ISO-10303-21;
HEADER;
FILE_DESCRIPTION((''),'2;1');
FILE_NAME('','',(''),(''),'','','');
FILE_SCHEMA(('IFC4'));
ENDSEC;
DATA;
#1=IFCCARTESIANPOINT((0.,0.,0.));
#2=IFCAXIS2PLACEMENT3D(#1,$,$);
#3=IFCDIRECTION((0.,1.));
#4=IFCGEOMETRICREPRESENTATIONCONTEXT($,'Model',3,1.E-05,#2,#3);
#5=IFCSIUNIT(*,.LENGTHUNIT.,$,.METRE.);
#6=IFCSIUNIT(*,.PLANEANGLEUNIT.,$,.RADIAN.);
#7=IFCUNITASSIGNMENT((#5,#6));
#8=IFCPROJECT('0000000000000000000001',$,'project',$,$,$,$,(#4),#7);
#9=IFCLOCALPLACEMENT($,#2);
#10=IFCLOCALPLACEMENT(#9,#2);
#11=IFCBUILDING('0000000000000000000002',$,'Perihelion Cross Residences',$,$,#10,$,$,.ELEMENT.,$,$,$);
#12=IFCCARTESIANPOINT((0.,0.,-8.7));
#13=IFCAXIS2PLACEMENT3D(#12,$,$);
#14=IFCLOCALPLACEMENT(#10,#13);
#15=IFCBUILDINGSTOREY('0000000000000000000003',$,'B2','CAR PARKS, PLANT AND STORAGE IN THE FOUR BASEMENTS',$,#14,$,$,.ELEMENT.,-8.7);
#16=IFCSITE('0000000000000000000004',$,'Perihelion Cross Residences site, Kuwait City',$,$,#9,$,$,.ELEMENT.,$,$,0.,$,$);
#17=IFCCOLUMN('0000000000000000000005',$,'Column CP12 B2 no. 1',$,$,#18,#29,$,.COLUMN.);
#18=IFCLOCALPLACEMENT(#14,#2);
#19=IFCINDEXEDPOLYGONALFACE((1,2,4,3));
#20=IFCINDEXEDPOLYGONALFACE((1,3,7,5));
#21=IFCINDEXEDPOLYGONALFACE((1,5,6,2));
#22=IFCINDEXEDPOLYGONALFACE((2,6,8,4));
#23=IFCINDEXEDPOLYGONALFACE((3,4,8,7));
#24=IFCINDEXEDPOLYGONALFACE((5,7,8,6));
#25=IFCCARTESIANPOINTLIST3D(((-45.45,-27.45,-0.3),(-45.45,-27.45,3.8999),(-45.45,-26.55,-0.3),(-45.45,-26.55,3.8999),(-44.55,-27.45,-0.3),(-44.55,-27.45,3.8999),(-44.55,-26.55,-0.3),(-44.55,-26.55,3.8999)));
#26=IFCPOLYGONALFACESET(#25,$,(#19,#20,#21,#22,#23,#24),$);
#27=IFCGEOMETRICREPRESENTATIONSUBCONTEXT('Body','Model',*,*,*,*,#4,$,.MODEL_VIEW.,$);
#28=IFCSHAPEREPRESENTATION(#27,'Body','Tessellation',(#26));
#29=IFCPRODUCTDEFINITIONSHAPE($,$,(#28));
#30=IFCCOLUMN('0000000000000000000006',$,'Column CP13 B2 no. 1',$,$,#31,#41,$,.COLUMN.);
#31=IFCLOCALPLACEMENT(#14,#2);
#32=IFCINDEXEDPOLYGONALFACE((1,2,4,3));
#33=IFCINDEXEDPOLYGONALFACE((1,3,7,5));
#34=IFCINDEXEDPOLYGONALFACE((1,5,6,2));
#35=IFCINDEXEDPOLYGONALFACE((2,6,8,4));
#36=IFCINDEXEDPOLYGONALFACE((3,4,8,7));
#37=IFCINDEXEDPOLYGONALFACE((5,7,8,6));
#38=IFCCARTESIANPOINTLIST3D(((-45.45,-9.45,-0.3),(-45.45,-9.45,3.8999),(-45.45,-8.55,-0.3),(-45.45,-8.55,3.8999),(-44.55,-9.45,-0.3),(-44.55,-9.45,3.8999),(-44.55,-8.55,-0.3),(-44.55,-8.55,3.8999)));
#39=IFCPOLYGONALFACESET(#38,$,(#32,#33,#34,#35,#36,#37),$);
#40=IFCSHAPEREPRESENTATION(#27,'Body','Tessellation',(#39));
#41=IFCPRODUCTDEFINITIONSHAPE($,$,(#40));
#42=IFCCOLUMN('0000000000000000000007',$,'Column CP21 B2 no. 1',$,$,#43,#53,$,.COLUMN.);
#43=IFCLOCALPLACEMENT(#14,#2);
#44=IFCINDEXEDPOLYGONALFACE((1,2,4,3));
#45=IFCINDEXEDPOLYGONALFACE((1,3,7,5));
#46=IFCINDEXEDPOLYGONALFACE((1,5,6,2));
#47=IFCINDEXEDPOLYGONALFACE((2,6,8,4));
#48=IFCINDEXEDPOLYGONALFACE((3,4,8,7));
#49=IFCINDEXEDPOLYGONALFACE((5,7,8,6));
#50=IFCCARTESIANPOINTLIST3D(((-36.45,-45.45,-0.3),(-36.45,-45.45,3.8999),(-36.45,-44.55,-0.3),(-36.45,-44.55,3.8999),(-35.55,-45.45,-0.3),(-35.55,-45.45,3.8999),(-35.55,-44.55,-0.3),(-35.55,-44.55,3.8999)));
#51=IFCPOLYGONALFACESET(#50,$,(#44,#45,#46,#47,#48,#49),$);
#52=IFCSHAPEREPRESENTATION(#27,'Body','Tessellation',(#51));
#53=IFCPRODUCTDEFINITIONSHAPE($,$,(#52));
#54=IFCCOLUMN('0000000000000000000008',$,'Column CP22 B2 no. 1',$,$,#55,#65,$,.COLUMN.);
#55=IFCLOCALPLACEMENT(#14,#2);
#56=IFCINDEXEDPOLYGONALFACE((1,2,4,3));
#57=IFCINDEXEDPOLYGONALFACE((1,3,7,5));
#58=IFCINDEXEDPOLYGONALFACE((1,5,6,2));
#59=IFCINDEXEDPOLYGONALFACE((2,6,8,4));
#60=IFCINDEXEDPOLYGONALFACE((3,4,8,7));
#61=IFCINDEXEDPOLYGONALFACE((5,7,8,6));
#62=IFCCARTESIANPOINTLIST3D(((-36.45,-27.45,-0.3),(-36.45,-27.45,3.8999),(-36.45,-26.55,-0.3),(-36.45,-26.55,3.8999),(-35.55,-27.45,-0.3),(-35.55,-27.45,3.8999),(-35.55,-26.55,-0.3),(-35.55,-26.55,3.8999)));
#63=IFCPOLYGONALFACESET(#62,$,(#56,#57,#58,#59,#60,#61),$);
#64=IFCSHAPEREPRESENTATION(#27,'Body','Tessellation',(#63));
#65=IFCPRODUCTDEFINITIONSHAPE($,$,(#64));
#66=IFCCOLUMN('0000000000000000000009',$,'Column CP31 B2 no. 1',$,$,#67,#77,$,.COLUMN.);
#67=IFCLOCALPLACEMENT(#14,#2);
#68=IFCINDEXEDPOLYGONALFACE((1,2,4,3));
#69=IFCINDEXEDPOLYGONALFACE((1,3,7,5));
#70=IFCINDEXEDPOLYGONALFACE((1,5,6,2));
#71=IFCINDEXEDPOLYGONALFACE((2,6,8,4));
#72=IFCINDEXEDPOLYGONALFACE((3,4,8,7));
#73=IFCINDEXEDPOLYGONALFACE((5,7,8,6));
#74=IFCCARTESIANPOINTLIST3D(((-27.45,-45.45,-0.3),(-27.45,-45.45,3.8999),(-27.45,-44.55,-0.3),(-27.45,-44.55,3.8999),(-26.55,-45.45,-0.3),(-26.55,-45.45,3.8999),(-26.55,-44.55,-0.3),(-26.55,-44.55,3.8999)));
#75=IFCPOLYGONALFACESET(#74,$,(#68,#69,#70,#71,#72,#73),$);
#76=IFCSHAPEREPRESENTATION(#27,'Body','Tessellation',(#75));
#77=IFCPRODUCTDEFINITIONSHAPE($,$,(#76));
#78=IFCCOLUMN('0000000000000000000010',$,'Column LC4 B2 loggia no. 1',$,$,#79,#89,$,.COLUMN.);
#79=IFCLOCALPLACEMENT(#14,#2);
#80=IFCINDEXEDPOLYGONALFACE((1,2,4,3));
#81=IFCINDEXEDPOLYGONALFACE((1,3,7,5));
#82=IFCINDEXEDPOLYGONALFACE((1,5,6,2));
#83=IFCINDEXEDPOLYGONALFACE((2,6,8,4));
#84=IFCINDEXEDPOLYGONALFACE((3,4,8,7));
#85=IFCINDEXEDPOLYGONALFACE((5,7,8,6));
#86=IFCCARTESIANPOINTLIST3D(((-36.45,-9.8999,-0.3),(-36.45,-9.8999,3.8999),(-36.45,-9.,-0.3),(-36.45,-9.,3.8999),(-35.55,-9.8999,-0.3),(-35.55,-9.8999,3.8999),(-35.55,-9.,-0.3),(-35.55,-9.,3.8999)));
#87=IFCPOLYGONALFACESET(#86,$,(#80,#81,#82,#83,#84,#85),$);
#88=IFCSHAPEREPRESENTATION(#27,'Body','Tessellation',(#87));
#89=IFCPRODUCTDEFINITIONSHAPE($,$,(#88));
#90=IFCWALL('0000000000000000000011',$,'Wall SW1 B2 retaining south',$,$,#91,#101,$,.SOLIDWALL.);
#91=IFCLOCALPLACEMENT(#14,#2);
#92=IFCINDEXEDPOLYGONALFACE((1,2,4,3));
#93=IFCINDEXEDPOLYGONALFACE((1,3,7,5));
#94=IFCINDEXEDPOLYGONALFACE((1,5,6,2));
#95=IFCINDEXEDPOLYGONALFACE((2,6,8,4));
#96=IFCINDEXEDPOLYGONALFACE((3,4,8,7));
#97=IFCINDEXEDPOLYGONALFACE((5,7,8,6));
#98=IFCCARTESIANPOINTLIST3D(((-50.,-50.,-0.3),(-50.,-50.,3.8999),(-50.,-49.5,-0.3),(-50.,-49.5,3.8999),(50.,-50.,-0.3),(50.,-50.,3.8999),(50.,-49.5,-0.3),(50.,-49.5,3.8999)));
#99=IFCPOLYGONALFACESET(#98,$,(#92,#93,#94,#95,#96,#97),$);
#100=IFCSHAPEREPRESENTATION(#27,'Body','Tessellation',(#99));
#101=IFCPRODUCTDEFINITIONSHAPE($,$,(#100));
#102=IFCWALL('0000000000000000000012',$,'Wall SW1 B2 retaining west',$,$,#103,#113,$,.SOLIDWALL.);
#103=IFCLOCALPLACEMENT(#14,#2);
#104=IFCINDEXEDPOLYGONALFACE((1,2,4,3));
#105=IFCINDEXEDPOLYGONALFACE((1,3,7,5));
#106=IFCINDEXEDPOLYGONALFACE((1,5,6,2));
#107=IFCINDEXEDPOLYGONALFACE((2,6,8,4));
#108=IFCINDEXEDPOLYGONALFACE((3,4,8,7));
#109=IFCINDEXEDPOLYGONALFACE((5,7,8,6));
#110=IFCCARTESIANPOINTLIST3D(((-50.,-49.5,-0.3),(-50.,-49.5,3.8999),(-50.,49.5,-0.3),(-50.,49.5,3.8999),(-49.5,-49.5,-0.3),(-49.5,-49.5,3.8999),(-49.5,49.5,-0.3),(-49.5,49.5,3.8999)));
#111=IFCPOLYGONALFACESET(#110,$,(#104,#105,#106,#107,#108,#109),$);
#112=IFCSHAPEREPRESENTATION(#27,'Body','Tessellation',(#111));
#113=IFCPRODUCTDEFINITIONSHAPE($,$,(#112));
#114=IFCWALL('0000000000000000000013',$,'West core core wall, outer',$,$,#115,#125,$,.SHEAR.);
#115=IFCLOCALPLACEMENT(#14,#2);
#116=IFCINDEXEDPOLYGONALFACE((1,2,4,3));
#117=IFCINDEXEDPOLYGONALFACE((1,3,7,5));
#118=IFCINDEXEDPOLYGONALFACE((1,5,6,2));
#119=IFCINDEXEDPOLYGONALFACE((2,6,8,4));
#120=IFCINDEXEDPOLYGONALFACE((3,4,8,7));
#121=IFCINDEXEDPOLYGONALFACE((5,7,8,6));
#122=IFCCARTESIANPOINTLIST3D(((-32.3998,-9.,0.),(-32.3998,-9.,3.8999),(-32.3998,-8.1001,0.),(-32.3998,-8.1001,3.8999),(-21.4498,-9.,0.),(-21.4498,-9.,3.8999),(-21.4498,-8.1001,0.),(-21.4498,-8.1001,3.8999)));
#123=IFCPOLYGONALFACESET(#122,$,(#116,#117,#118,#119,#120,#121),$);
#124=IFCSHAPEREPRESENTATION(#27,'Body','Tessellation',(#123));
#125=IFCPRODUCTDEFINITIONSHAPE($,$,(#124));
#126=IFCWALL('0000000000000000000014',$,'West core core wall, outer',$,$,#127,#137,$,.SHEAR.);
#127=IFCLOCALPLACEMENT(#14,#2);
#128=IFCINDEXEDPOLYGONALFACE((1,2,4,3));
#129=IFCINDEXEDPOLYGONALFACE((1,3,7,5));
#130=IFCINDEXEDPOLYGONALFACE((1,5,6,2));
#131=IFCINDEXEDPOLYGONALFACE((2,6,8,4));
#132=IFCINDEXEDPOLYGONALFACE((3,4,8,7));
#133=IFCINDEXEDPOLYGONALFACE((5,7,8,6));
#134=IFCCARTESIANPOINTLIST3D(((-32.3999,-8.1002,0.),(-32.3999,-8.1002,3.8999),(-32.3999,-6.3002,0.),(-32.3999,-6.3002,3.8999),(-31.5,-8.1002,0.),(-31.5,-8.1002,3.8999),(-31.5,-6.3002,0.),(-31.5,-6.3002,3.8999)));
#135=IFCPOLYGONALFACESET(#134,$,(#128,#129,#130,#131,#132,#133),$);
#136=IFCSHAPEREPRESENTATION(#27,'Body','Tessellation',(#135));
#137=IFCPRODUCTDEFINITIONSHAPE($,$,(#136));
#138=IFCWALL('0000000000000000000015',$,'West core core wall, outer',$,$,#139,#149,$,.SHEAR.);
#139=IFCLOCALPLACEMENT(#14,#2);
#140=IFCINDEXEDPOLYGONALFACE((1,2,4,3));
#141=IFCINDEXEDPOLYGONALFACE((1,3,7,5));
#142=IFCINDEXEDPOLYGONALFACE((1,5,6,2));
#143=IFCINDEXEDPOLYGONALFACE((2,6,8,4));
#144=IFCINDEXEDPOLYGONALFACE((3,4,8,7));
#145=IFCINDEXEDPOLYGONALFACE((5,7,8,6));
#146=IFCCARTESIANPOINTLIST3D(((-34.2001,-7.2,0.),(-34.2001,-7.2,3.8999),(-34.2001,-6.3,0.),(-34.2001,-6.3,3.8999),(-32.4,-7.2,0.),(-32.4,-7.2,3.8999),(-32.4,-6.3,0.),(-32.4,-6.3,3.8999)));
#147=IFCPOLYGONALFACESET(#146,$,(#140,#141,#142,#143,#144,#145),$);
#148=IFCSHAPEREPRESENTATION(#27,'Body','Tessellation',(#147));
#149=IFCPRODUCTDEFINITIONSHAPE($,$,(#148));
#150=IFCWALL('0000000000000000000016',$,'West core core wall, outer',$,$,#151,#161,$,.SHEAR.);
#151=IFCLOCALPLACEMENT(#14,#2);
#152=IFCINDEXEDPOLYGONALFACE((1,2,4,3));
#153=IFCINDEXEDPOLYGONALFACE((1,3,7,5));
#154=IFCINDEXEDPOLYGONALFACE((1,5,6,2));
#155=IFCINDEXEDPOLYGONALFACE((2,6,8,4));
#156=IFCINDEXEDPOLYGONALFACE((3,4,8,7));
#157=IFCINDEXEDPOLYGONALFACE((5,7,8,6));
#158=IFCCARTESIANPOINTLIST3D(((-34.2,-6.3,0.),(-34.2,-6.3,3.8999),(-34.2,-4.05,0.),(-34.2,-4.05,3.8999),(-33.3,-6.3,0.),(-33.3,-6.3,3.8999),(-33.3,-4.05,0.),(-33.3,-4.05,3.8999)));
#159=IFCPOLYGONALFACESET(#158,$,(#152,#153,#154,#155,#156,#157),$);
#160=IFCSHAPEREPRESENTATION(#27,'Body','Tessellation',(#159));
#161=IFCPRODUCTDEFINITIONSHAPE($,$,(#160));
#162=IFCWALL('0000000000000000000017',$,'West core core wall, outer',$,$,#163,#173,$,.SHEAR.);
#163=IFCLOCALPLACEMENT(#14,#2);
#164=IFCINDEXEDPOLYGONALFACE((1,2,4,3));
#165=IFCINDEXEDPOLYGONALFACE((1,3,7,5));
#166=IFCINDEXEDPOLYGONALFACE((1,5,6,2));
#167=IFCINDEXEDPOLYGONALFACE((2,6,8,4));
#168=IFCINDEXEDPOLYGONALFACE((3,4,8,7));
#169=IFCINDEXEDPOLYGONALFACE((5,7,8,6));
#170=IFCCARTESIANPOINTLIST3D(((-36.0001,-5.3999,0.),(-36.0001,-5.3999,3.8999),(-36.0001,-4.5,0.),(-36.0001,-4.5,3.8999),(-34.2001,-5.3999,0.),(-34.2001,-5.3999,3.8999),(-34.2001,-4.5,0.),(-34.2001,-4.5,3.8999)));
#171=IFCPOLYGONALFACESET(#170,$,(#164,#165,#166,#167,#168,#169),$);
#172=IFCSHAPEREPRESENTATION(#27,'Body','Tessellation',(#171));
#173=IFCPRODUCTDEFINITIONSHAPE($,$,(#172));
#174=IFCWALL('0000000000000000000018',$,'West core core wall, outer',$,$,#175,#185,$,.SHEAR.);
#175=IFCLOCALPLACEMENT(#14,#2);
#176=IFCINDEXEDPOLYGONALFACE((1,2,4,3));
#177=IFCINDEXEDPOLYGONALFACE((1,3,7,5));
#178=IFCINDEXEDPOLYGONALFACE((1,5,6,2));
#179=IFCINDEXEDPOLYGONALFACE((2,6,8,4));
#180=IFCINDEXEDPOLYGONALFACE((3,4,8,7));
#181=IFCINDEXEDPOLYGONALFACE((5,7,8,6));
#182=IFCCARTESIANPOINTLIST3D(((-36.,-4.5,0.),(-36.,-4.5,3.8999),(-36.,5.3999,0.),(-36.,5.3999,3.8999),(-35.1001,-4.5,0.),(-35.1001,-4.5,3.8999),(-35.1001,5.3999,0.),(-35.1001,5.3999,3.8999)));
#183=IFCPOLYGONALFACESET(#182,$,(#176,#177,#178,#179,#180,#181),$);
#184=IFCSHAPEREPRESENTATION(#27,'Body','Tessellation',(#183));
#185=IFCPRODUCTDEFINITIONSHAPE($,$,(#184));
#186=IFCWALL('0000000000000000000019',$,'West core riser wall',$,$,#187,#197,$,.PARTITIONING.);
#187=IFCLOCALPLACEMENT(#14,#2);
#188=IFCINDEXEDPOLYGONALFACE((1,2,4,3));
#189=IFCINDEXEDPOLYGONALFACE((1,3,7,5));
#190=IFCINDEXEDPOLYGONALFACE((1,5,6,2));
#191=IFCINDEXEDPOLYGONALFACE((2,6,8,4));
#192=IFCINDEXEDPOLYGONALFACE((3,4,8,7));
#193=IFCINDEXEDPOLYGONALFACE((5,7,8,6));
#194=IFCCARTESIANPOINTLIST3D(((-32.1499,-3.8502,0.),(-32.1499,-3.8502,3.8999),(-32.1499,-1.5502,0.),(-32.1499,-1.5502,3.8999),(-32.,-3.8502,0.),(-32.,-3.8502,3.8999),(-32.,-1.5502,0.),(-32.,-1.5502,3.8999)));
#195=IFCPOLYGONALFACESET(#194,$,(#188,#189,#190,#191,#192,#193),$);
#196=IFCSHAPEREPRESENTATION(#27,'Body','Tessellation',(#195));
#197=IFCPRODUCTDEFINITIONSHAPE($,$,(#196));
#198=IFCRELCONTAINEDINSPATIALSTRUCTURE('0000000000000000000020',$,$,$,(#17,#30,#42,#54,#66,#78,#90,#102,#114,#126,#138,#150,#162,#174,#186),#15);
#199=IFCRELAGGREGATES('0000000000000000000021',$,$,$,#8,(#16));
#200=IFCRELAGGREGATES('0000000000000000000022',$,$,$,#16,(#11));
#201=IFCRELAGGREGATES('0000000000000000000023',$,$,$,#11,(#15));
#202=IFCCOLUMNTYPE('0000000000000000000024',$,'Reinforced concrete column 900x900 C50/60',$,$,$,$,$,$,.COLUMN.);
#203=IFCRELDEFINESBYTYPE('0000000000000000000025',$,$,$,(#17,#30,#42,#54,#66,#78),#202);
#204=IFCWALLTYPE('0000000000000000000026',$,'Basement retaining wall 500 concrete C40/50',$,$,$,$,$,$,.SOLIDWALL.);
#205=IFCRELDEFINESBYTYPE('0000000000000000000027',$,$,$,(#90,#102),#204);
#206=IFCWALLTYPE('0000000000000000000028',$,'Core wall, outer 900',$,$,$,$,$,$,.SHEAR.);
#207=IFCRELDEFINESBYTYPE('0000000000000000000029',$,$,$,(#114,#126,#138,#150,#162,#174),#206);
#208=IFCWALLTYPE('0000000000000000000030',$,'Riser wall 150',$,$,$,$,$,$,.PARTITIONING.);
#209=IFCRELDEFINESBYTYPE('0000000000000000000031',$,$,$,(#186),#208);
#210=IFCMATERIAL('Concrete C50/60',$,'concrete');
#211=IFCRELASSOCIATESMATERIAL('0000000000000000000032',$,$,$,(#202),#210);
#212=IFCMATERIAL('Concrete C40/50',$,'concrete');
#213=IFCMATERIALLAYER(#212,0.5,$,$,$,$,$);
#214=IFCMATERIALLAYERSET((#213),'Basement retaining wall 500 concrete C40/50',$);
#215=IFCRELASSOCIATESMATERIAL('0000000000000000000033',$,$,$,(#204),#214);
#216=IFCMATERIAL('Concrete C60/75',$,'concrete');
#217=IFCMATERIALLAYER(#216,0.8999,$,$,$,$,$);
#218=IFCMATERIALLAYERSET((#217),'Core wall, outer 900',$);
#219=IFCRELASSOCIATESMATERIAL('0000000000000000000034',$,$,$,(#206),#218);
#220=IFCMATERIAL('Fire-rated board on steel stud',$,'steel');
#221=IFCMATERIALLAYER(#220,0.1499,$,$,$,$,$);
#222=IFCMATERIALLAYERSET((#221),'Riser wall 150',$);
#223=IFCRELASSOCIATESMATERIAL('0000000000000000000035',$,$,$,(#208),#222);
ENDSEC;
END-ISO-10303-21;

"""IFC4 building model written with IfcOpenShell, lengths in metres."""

from ifc_helpers import new_model, si_unit, direction, frame, frame_2d, origin, origin_2d, place, context, subcontext, project, spatial, rectangle, extrude, material, layer, layer_set, material_profile, profile_set, type_object, element, save


model = new_model("IFC4")

# Units and contexts
model_context = context("Model", 3, precision=1e-05, world=origin(), true_north=direction((0.0, 1.0)))
body_context = subcontext(model_context, "Body", "Model", "MODEL_VIEW")
ifc_project = project(units=[si_unit("LENGTHUNIT", "METRE"), si_unit("PLANEANGLEUNIT", "RADIAN")], contexts=[model_context])

# Site, building, storey
site_placement = place(None, origin())
site = spatial("IfcSite", under=ifc_project, at=site_placement, Name="Perihelion Cross Residences site, Kuwait City", CompositionType="ELEMENT", RefElevation=0.0)
building_placement = place(site_placement, origin())
building = spatial("IfcBuilding", under=site, at=building_placement, Name="Perihelion Cross Residences", CompositionType="ELEMENT")
storey_placement = place(building_placement, frame((0.0, 0.0, -8.7)))
storey = spatial("IfcBuildingStorey", under=building, at=storey_placement, Name="B2", Description="CAR PARKS, PLANT AND STORAGE IN THE FOUR BASEMENTS", CompositionType="ELEMENT", Elevation=-8.7)

# Columns
ifc_material_1 = material(Name="Concrete C50/60", Category="concrete")
ifc_material_profile = material_profile(ifc_material_1, rectangle(XDim=0.8999, YDim=0.8999, at=origin_2d()), Name="RC 900x900")
ifc_profile_set = profile_set([ifc_material_profile], Name="Concrete C50/60")
column_type = type_object("IfcColumnType", Name="Reinforced concrete column 900x900 C50/60", PredefinedType="COLUMN", material=ifc_profile_set)
for number, where, z_axis, x_axis, name in (
    (1, (-45.0, -27.0, -0.3), (0.0, 0.0, 1.0), (1.0, 0.0, 0.0), "Column CP12 B2 no. 1"),
    (2, (-45.0, -9.0, -0.3), (0.0, 0.0, 1.0), (1.0, 0.0, 0.0), "Column CP13 B2 no. 1"),
    (3, (-36.0, -45.0, -0.3), (0.0, 0.0, 1.0), (1.0, 0.0, 0.0), "Column CP21 B2 no. 1"),
    (4, (-36.0, -27.0, -0.3), (0.0, 0.0, 1.0), (1.0, 0.0, 0.0), "Column CP22 B2 no. 1"),
    (5, (-27.0, -45.0, -0.3), (0.0, 0.0, 1.0), (1.0, 0.0, 0.0), "Column CP31 B2 no. 1"),
    (6, (-36.0, -9.45, -0.3), (0.0, 0.0, 1.0), (1.0, 0.0, 0.0), "Column LC4 B2 loggia no. 1"),
):
    element("IfcColumn", number, at=place(storey_placement, frame(where, z_axis=z_axis, x_axis=x_axis)), inside=storey, type_object=column_type, Name=name, PredefinedType="COLUMN", context=body_context, shape_type="SweptSolid", body=[
        extrude(rectangle(XDim=0.8999, YDim=0.8999, at=origin_2d()), origin(), (0.0, 0.0, 1.0), 4.2),
    ])

# Walls
ifc_material_2 = material(Name="Concrete C40/50", Category="concrete")
ifc_layer_1 = layer(ifc_material_2, 0.5)
ifc_layer_set_1 = layer_set([ifc_layer_1], Name="Basement retaining wall 500 concrete C40/50")
wall_type_1 = type_object("IfcWallType", Name="Basement retaining wall 500 concrete C40/50", PredefinedType="SOLIDWALL", material=ifc_layer_set_1)
wall_1_placement = place(storey_placement, frame((-50.0, -49.75, -0.3), z_axis=(0.0, 0.0, 1.0), x_axis=(1.0, 0.0, 0.0)))
element("IfcWall", 7, at=wall_1_placement, inside=storey, type_object=wall_type_1, Name="Wall SW1 B2 retaining south", PredefinedType="SOLIDWALL", context=body_context, shape_type="SweptSolid", body=[
    extrude(rectangle(XDim=100.0, YDim=0.5, at=frame_2d((50.0, 0.0))), origin(), (0.0, 0.0, 1.0), 4.2),
])
wall_2_placement = place(storey_placement, frame((-49.75, -49.5, -0.3), z_axis=(0.0, 0.0, 1.0), x_axis=(0.0, 1.0, 0.0)))
element("IfcWall", 8, at=wall_2_placement, inside=storey, type_object=wall_type_1, Name="Wall SW1 B2 retaining west", PredefinedType="SOLIDWALL", context=body_context, shape_type="SweptSolid", body=[
    extrude(rectangle(XDim=99.0, YDim=0.5, at=frame_2d((49.5, 0.0))), origin(), (0.0, 0.0, 1.0), 4.2),
])
ifc_material_3 = material(Name="Concrete C60/75", Category="concrete")
ifc_layer_2 = layer(ifc_material_3, 0.8999)
ifc_layer_set_2 = layer_set([ifc_layer_2], Name="Core wall, outer 900")
wall_type_2 = type_object("IfcWallType", Name="Core wall, outer 900", PredefinedType="SHEAR", material=ifc_layer_set_2)
wall_3_placement = place(storey_placement, frame((-32.3999, -8.55, 0.0), z_axis=(0.0, 0.0, 1.0), x_axis=(1.0, 0.0, 0.0)))
element("IfcWall", 9, at=wall_3_placement, inside=storey, type_object=wall_type_2, Name="West core core wall, outer", PredefinedType="SHEAR", context=body_context, shape_type="SweptSolid", body=[
    extrude(rectangle(XDim=10.95, YDim=0.8999, at=frame_2d((5.4751, 0.0))), origin(), (0.0, 0.0, 1.0), 3.8999),
])
for number, where, z_axis, x_axis, name in (
    (10, (-31.95, -8.1001, 0.0), (0.0, 0.0, 1.0), (0.0, 1.0, 0.0), "West core core wall, outer"),
    (11, (-34.2, -6.75, 0.0), (0.0, 0.0, 1.0), (1.0, 0.0, 0.0), "West core core wall, outer"),
):
    element("IfcWall", number, at=place(storey_placement, frame(where, z_axis=z_axis, x_axis=x_axis)), inside=storey, type_object=wall_type_2, Name=name, PredefinedType="SHEAR", context=body_context, shape_type="SweptSolid", body=[
        extrude(rectangle(XDim=1.8, YDim=0.8999, at=frame_2d((0.8999, 0.0))), origin(), (0.0, 0.0, 1.0), 3.8999),
    ])
wall_4_placement = place(storey_placement, frame((-33.75, -6.3, 0.0), z_axis=(0.0, 0.0, 1.0), x_axis=(0.0, 1.0, 0.0)))
element("IfcWall", 12, at=wall_4_placement, inside=storey, type_object=wall_type_2, Name="West core core wall, outer", PredefinedType="SHEAR", context=body_context, shape_type="SweptSolid", body=[
    extrude(rectangle(XDim=2.25, YDim=0.8999, at=frame_2d((1.125, 0.0))), origin(), (0.0, 0.0, 1.0), 3.8999),
])
wall_5_placement = place(storey_placement, frame((-36.0, -4.95, 0.0), z_axis=(0.0, 0.0, 1.0), x_axis=(1.0, 0.0, 0.0)))
element("IfcWall", 13, at=wall_5_placement, inside=storey, type_object=wall_type_2, Name="West core core wall, outer", PredefinedType="SHEAR", context=body_context, shape_type="SweptSolid", body=[
    extrude(rectangle(XDim=1.8, YDim=0.8999, at=frame_2d((0.8999, 0.0))), origin(), (0.0, 0.0, 1.0), 3.8999),
])
wall_6_placement = place(storey_placement, frame((-35.55, -4.5, 0.0), z_axis=(0.0, 0.0, 1.0), x_axis=(0.0, 1.0, 0.0)))
element("IfcWall", 14, at=wall_6_placement, inside=storey, type_object=wall_type_2, Name="West core core wall, outer", PredefinedType="SHEAR", context=body_context, shape_type="SweptSolid", body=[
    extrude(rectangle(XDim=9.8999, YDim=0.8999, at=frame_2d((4.95, 0.0))), origin(), (0.0, 0.0, 1.0), 3.8999),
])
ifc_material_4 = material(Name="Fire-rated board on steel stud", Category="steel")
ifc_layer_3 = layer(ifc_material_4, 0.1499)
ifc_layer_set_3 = layer_set([ifc_layer_3], Name="Riser wall 150")
wall_type_3 = type_object("IfcWallType", Name="Riser wall 150", PredefinedType="PARTITIONING", material=ifc_layer_set_3)
wall_7_placement = place(storey_placement, frame((-32.075, -3.8501, 0.0), z_axis=(0.0, 0.0, 1.0), x_axis=(0.0, 1.0, 0.0)))
element("IfcWall", 15, at=wall_7_placement, inside=storey, type_object=wall_type_3, Name="West core riser wall", PredefinedType="PARTITIONING", context=body_context, shape_type="SweptSolid", body=[
    extrude(rectangle(XDim=2.3, YDim=0.1499, at=frame_2d((1.1499, 0.0))), origin(), (0.0, 0.0, 1.0), 3.8999),
])

save(model, "model.ifc")
